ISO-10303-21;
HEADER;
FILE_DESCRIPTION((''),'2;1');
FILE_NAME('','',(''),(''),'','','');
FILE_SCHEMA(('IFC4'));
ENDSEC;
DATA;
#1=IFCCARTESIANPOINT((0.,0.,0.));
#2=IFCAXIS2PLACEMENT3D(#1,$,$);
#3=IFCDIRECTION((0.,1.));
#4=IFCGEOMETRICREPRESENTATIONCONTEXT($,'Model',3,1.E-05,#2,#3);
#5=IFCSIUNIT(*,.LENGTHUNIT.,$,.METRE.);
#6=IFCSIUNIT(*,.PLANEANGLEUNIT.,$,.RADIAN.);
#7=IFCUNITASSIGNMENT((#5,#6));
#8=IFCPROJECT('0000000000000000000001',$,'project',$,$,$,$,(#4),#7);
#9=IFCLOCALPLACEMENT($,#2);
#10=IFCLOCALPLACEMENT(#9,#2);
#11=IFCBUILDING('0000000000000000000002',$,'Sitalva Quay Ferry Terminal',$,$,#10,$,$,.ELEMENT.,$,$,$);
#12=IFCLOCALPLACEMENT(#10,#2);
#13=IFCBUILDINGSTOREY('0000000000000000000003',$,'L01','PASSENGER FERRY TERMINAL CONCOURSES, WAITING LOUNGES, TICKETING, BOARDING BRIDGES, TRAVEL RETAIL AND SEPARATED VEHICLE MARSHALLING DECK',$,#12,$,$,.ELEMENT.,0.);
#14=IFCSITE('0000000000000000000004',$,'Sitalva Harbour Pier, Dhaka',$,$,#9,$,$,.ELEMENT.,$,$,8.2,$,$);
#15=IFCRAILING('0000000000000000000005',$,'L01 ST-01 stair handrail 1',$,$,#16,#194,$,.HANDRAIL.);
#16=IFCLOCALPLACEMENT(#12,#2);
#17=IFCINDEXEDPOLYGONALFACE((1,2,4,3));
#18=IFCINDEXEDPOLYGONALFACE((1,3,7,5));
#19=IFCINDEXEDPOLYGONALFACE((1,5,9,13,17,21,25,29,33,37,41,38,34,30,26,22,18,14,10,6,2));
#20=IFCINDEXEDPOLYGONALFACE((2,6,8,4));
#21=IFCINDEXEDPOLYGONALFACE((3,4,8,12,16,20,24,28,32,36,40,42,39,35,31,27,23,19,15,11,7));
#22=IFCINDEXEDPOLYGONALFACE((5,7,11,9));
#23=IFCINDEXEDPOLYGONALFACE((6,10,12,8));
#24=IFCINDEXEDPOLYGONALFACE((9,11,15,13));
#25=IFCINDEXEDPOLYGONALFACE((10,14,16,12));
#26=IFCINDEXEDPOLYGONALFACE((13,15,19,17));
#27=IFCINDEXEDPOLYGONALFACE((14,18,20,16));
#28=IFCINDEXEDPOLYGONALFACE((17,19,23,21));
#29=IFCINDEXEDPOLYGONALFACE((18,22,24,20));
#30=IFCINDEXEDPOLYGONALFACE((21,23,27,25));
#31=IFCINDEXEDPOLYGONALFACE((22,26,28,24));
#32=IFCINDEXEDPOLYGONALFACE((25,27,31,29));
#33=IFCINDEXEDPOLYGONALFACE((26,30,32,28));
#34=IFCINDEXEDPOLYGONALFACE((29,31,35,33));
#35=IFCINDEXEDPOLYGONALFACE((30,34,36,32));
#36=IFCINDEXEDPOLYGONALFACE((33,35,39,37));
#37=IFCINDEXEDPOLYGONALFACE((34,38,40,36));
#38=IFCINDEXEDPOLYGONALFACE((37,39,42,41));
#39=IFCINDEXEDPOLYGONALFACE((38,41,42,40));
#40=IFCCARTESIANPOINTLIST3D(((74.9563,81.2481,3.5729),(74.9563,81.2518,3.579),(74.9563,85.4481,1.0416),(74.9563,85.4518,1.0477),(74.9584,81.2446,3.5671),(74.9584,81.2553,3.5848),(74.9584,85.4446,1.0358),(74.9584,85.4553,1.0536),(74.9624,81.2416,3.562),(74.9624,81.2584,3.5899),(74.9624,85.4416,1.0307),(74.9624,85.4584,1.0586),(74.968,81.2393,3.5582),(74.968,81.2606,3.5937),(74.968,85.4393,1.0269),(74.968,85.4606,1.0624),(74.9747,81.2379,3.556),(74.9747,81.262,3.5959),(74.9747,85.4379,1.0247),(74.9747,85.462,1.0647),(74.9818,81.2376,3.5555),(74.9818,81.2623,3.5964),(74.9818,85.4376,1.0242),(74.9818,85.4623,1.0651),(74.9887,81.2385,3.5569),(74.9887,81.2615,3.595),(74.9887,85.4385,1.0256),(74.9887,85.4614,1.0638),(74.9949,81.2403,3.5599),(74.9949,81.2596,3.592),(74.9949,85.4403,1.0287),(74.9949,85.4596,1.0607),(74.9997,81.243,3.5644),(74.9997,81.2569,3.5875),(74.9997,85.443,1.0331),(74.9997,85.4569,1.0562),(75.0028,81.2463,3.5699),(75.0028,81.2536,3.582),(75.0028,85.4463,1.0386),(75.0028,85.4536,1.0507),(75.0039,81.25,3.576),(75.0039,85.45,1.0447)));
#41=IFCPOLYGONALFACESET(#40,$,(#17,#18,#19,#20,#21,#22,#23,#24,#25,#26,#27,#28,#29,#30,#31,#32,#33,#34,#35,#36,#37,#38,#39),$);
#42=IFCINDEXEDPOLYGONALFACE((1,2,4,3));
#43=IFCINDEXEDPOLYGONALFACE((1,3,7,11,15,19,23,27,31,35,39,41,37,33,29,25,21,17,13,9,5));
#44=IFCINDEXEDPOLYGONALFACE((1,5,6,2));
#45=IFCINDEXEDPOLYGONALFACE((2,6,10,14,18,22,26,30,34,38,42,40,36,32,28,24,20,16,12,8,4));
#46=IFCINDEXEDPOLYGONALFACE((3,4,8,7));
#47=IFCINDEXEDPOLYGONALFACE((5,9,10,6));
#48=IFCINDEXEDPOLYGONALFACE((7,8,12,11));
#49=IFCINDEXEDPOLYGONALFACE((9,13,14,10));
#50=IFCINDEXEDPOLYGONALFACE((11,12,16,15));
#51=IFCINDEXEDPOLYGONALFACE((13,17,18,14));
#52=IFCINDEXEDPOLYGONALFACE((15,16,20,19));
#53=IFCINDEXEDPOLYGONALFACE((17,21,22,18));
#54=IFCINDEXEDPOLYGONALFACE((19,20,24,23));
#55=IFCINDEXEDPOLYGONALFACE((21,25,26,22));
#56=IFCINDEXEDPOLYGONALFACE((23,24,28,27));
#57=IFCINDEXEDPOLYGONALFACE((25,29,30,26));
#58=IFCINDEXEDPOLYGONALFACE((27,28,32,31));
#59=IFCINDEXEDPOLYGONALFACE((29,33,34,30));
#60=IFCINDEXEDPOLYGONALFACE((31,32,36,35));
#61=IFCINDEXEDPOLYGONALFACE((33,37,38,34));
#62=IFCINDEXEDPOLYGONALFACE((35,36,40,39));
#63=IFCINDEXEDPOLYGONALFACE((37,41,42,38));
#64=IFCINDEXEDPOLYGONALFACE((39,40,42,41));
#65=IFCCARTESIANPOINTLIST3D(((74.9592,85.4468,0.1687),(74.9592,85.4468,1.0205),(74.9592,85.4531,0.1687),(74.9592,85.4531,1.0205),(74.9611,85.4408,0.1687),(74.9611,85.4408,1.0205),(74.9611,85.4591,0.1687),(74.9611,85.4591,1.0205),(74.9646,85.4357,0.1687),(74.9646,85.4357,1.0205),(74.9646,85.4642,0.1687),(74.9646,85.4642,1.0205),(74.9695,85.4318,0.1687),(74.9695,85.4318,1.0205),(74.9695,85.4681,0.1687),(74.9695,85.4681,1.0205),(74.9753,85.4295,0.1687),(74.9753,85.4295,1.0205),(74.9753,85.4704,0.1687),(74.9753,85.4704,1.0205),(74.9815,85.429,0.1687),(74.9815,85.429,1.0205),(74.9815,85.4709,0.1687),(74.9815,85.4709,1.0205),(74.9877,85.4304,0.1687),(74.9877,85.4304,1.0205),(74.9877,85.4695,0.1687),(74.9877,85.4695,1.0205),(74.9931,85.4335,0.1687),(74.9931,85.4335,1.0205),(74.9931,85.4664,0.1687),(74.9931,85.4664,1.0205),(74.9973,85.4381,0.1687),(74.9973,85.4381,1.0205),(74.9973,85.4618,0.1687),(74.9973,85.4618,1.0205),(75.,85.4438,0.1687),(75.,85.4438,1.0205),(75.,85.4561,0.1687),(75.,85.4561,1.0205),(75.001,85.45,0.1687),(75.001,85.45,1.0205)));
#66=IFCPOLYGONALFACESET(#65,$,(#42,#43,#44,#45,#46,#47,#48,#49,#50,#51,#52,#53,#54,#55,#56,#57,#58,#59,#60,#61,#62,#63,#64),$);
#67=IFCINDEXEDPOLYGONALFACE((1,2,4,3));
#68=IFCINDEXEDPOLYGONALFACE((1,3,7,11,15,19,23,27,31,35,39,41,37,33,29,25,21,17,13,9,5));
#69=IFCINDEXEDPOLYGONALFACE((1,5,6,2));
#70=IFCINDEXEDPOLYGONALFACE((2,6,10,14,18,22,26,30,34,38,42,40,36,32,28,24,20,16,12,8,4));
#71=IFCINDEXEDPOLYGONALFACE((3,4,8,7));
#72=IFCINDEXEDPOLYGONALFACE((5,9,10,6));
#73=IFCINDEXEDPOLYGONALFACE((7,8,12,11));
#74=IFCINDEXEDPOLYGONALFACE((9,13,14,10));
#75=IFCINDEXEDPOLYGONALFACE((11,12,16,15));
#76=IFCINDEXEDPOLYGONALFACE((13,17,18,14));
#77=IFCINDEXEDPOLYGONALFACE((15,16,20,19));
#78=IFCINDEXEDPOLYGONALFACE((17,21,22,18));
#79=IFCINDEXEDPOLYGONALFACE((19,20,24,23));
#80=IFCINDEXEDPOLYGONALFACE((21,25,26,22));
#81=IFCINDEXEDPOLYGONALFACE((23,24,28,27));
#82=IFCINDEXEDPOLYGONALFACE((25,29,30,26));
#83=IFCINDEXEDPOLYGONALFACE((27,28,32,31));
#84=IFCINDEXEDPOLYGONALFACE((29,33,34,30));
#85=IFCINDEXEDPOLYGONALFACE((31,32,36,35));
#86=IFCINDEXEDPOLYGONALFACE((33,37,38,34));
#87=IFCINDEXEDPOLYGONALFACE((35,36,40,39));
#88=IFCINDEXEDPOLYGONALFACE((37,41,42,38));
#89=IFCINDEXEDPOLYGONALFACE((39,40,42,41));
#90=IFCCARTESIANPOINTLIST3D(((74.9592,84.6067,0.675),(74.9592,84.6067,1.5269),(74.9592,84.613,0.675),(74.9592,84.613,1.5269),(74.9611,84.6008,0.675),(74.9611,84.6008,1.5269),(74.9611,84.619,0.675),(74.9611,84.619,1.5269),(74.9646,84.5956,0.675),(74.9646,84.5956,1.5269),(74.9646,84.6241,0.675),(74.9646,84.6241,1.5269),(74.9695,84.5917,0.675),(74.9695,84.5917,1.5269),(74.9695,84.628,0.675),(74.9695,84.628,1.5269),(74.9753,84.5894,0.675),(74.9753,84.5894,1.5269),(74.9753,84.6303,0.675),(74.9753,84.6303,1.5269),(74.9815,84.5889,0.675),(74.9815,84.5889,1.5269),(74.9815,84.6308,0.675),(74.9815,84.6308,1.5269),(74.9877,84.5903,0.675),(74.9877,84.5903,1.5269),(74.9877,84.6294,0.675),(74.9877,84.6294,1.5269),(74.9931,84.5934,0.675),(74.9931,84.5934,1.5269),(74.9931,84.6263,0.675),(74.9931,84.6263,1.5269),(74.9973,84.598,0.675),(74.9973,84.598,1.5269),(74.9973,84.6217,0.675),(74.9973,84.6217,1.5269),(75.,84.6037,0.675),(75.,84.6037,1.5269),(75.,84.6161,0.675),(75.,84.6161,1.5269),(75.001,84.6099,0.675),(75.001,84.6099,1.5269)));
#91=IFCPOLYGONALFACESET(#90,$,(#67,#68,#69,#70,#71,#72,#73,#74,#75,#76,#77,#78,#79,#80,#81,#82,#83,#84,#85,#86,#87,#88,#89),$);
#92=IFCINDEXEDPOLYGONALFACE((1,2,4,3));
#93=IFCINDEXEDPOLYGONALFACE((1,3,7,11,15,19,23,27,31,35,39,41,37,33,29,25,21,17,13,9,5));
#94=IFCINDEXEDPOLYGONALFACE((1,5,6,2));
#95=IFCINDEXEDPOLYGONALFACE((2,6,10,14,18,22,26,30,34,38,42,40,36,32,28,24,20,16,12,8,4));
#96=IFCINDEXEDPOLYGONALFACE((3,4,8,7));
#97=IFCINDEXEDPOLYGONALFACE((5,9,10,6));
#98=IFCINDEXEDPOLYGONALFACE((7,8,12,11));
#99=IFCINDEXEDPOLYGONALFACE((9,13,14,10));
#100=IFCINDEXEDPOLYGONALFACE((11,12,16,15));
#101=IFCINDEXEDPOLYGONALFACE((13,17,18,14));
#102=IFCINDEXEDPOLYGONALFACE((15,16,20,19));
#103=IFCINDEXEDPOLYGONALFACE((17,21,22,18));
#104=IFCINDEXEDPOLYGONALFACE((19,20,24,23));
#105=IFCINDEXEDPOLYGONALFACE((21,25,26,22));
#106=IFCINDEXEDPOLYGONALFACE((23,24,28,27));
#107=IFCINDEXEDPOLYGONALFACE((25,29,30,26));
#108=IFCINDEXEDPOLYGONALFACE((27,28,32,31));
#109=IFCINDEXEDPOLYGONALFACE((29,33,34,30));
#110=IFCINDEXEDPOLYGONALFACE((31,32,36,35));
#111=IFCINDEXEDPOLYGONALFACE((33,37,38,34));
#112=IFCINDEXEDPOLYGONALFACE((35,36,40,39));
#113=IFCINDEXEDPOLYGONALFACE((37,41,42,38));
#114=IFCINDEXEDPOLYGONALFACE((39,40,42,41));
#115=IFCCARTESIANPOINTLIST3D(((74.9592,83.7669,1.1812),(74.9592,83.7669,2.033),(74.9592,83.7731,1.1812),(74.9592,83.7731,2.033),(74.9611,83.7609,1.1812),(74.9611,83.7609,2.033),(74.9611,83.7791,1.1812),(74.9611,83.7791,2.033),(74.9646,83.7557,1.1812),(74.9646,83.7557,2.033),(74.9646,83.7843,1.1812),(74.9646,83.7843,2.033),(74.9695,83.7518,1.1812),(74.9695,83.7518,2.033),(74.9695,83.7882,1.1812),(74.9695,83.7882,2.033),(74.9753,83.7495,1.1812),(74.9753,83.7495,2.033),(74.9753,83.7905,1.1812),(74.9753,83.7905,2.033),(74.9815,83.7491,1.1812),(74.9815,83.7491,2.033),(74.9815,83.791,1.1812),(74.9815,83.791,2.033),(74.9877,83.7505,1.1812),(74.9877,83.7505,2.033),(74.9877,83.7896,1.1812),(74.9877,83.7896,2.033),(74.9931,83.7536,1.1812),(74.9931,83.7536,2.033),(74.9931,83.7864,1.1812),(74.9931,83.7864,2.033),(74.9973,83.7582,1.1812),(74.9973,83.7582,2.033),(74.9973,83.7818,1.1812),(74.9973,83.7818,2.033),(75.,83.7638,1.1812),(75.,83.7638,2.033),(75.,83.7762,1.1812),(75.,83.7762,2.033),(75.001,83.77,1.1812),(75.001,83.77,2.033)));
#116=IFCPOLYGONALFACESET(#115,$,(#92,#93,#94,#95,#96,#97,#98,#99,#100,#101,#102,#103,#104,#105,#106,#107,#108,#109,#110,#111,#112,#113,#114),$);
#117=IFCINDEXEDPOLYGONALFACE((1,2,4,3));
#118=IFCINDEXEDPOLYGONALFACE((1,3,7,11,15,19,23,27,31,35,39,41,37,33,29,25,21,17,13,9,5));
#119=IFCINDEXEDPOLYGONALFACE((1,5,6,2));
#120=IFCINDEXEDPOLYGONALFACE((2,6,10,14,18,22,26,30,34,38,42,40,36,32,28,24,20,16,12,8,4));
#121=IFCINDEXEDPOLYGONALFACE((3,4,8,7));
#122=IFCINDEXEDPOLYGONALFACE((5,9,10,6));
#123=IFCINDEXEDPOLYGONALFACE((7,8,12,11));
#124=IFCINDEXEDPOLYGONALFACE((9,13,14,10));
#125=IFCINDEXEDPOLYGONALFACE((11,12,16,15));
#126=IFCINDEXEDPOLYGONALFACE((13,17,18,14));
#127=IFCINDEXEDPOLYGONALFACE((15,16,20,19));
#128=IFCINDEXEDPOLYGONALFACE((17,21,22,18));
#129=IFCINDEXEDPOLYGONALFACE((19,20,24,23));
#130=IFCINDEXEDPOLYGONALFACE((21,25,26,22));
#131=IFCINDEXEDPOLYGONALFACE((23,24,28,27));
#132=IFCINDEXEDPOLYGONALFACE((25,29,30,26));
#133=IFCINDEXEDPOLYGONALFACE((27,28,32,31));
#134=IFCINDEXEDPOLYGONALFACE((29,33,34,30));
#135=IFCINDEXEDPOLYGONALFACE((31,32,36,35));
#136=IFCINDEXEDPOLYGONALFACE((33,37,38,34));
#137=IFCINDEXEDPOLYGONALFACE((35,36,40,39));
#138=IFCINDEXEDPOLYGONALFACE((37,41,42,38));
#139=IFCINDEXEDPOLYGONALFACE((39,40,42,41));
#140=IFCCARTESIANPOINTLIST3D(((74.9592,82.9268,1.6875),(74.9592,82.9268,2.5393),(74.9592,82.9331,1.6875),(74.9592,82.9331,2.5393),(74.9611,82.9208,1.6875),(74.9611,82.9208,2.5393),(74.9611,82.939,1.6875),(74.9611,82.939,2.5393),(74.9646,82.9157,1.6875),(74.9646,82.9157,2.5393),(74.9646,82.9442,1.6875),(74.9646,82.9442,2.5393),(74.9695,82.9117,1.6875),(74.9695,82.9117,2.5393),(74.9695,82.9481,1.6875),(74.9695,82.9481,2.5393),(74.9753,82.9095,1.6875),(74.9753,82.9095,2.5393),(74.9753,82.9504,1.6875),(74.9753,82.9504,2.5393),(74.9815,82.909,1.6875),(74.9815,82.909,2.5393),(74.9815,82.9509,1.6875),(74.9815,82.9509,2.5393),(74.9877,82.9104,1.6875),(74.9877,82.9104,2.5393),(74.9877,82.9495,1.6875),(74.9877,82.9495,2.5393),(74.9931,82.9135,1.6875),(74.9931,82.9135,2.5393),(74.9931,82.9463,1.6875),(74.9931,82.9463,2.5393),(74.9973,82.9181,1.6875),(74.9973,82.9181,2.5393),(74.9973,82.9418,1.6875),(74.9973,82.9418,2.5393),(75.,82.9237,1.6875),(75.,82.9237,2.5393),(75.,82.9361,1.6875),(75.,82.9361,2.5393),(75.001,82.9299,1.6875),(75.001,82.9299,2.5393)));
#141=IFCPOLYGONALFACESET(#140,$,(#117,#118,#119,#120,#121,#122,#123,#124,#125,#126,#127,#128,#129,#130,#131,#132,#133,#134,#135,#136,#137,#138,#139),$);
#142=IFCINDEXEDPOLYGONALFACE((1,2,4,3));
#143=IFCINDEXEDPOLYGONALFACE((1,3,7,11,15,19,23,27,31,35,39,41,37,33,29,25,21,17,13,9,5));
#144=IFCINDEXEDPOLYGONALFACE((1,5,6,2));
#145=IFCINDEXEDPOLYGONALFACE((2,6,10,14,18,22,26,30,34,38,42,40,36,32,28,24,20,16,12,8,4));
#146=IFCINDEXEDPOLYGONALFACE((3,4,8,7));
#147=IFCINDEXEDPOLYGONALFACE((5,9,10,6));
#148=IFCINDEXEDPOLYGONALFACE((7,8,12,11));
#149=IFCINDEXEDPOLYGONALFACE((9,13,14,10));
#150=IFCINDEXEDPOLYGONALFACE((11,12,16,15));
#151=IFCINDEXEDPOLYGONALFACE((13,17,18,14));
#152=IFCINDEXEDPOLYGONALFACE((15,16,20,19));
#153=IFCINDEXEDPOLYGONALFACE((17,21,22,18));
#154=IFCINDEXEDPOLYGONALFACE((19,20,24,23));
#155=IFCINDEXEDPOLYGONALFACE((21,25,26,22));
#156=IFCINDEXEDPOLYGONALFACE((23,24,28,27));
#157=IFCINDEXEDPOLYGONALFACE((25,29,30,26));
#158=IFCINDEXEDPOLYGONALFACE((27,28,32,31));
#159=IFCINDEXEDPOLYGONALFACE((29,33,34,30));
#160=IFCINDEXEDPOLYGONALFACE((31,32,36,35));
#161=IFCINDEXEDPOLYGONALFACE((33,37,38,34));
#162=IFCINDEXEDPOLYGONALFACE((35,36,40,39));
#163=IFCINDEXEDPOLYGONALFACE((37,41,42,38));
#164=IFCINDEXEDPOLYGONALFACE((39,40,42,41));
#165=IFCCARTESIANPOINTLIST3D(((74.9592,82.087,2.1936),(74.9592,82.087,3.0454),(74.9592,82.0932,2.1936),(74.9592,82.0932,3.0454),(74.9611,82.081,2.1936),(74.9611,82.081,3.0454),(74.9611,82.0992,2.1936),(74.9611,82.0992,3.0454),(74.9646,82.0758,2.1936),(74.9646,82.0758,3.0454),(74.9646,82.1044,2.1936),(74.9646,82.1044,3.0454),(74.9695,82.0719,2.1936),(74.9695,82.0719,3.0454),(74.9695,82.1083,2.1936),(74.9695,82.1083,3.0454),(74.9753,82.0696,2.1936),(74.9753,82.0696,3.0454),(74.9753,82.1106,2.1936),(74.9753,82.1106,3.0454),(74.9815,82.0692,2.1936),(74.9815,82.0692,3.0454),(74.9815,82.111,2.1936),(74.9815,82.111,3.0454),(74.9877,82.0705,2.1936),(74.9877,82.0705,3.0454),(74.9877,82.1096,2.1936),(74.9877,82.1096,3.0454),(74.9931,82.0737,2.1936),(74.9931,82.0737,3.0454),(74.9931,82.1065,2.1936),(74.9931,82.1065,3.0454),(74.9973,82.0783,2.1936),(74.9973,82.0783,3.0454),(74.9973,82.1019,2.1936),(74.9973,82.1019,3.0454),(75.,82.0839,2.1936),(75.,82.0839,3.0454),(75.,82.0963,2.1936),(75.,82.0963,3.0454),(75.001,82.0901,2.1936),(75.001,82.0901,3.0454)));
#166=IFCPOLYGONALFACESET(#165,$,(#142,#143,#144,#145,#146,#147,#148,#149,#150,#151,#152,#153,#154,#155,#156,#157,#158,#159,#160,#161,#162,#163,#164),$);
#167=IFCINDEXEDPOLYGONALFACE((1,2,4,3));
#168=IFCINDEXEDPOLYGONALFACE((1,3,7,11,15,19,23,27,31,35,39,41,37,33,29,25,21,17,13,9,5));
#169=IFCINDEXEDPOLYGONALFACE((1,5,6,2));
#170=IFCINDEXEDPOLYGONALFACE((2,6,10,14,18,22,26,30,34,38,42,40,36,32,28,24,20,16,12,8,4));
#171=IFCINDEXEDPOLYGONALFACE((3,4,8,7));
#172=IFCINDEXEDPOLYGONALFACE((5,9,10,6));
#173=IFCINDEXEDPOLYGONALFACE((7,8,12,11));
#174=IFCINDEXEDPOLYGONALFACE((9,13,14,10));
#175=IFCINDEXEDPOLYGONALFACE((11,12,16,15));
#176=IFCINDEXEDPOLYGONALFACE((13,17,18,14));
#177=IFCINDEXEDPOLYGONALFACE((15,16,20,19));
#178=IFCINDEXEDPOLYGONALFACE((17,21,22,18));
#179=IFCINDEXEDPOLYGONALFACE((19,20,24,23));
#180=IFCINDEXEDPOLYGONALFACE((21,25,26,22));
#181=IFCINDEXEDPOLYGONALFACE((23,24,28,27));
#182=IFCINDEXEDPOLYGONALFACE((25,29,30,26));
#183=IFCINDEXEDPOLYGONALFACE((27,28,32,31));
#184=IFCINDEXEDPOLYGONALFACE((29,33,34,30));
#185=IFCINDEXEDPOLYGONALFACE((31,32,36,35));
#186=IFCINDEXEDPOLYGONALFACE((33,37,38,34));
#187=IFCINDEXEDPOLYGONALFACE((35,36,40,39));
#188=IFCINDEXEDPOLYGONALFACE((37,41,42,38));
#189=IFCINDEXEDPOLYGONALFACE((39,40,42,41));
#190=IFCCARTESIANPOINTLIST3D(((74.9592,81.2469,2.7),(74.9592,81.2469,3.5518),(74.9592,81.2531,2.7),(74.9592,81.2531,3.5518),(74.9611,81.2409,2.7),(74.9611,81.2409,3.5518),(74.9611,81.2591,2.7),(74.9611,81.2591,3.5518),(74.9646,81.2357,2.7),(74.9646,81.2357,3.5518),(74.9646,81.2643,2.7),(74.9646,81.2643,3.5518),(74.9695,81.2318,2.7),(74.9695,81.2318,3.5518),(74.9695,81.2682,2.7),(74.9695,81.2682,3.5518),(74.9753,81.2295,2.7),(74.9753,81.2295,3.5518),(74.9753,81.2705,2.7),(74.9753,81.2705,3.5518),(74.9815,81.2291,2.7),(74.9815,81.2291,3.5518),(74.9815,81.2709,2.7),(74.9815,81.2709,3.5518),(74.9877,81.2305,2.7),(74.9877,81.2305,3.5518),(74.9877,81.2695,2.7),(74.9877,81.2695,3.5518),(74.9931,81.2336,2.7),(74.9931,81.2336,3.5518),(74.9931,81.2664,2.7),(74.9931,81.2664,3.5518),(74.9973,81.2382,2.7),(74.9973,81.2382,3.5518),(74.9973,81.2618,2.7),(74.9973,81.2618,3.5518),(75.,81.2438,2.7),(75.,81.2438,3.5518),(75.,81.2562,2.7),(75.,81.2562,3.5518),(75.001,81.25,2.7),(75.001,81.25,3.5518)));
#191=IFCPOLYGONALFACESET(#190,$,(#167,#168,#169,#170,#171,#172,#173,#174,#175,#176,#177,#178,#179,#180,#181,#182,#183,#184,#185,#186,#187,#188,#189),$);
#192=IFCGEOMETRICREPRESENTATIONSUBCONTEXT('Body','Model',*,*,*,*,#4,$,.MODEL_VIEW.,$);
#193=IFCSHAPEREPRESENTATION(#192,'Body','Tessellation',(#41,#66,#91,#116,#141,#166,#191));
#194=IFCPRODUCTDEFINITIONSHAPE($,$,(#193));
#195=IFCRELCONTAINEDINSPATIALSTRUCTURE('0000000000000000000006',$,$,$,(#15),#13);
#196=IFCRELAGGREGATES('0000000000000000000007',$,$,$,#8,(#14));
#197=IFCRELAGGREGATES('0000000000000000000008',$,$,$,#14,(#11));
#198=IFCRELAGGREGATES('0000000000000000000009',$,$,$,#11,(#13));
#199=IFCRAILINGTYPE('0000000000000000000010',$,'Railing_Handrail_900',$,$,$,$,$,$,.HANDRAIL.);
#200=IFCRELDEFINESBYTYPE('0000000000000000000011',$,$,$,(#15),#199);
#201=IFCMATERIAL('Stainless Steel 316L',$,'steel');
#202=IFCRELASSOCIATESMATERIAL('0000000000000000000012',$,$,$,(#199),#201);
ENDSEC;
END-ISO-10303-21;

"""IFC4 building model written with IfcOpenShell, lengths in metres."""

from ifc_helpers import new_model, si_unit, direction, frame, origin, origin_2d, place, context, subcontext, project, spatial, circle, extrude, material, type_object, element, save


model = new_model("IFC4")

# Units and contexts
model_context = context("Model", 3, precision=1e-05, world=origin(), true_north=direction((0.0, 1.0)))
body_context = subcontext(model_context, "Body", "Model", "MODEL_VIEW")
ifc_project = project(units=[si_unit("LENGTHUNIT", "METRE"), si_unit("PLANEANGLEUNIT", "RADIAN")], contexts=[model_context])

# Site, building, storey
site_placement = place(None, origin())
site = spatial("IfcSite", under=ifc_project, at=site_placement, Name="Sitalva Harbour Pier, Dhaka", CompositionType="ELEMENT", RefElevation=8.2)
building_placement = place(site_placement, origin())
building = spatial("IfcBuilding", under=site, at=building_placement, Name="Sitalva Quay Ferry Terminal", CompositionType="ELEMENT")
storey_placement = place(building_placement, origin())
storey = spatial("IfcBuildingStorey", under=building, at=storey_placement, Name="L01", Description="PASSENGER FERRY TERMINAL CONCOURSES, WAITING LOUNGES, TICKETING, BOARDING BRIDGES, TRAVEL RETAIL AND SEPARATED VEHICLE MARSHALLING DECK", CompositionType="ELEMENT", Elevation=0.0)

# Railing
ifc_material_1 = material(Name="Stainless Steel 316L", Category="steel")
railing_type_1 = type_object("IfcRailingType", Name="Railing_Handrail_900", PredefinedType="HANDRAIL", material=ifc_material_1)
railing_1_placement = place(storey_placement, frame((74.98, 85.45, 0.1687)))
element("IfcRailing", 1, at=railing_1_placement, inside=storey, type_object=railing_type_1, Name="L01 ST-01 stair handrail 1", PredefinedType="HANDRAIL", context=body_context, shape_type="SweptSolid", body=[
    extrude(circle(Radius=0.0239, at=origin_2d()), frame((0.0, 0.0, 0.876), z_axis=(0.0, -0.856476, 0.516186), x_axis=(1.0, 0.0, 0.0)), (0.0, 0.0, 1.0), 4.9038),
    extrude(circle(Radius=0.021, at=origin_2d()), origin(), (0.0, 0.0, 1.0), 0.8518),
    extrude(circle(Radius=0.021, at=origin_2d()), frame((0.0, -0.8401, 0.5063)), (0.0, 0.0, 1.0), 0.8518),
    extrude(circle(Radius=0.021, at=origin_2d()), frame((0.0, -1.6799, 1.0125)), (0.0, 0.0, 1.0), 0.8518),
    extrude(circle(Radius=0.021, at=origin_2d()), frame((0.0, -2.52, 1.5188)), (0.0, 0.0, 1.0), 0.8518),
    extrude(circle(Radius=0.021, at=origin_2d()), frame((0.0, -3.3599, 2.0249)), (0.0, 0.0, 1.0), 0.8518),
    extrude(circle(Radius=0.021, at=origin_2d()), frame((0.0, -4.2, 2.5312)), (0.0, 0.0, 1.0), 0.8518),
])

save(model, "model.ifc")
